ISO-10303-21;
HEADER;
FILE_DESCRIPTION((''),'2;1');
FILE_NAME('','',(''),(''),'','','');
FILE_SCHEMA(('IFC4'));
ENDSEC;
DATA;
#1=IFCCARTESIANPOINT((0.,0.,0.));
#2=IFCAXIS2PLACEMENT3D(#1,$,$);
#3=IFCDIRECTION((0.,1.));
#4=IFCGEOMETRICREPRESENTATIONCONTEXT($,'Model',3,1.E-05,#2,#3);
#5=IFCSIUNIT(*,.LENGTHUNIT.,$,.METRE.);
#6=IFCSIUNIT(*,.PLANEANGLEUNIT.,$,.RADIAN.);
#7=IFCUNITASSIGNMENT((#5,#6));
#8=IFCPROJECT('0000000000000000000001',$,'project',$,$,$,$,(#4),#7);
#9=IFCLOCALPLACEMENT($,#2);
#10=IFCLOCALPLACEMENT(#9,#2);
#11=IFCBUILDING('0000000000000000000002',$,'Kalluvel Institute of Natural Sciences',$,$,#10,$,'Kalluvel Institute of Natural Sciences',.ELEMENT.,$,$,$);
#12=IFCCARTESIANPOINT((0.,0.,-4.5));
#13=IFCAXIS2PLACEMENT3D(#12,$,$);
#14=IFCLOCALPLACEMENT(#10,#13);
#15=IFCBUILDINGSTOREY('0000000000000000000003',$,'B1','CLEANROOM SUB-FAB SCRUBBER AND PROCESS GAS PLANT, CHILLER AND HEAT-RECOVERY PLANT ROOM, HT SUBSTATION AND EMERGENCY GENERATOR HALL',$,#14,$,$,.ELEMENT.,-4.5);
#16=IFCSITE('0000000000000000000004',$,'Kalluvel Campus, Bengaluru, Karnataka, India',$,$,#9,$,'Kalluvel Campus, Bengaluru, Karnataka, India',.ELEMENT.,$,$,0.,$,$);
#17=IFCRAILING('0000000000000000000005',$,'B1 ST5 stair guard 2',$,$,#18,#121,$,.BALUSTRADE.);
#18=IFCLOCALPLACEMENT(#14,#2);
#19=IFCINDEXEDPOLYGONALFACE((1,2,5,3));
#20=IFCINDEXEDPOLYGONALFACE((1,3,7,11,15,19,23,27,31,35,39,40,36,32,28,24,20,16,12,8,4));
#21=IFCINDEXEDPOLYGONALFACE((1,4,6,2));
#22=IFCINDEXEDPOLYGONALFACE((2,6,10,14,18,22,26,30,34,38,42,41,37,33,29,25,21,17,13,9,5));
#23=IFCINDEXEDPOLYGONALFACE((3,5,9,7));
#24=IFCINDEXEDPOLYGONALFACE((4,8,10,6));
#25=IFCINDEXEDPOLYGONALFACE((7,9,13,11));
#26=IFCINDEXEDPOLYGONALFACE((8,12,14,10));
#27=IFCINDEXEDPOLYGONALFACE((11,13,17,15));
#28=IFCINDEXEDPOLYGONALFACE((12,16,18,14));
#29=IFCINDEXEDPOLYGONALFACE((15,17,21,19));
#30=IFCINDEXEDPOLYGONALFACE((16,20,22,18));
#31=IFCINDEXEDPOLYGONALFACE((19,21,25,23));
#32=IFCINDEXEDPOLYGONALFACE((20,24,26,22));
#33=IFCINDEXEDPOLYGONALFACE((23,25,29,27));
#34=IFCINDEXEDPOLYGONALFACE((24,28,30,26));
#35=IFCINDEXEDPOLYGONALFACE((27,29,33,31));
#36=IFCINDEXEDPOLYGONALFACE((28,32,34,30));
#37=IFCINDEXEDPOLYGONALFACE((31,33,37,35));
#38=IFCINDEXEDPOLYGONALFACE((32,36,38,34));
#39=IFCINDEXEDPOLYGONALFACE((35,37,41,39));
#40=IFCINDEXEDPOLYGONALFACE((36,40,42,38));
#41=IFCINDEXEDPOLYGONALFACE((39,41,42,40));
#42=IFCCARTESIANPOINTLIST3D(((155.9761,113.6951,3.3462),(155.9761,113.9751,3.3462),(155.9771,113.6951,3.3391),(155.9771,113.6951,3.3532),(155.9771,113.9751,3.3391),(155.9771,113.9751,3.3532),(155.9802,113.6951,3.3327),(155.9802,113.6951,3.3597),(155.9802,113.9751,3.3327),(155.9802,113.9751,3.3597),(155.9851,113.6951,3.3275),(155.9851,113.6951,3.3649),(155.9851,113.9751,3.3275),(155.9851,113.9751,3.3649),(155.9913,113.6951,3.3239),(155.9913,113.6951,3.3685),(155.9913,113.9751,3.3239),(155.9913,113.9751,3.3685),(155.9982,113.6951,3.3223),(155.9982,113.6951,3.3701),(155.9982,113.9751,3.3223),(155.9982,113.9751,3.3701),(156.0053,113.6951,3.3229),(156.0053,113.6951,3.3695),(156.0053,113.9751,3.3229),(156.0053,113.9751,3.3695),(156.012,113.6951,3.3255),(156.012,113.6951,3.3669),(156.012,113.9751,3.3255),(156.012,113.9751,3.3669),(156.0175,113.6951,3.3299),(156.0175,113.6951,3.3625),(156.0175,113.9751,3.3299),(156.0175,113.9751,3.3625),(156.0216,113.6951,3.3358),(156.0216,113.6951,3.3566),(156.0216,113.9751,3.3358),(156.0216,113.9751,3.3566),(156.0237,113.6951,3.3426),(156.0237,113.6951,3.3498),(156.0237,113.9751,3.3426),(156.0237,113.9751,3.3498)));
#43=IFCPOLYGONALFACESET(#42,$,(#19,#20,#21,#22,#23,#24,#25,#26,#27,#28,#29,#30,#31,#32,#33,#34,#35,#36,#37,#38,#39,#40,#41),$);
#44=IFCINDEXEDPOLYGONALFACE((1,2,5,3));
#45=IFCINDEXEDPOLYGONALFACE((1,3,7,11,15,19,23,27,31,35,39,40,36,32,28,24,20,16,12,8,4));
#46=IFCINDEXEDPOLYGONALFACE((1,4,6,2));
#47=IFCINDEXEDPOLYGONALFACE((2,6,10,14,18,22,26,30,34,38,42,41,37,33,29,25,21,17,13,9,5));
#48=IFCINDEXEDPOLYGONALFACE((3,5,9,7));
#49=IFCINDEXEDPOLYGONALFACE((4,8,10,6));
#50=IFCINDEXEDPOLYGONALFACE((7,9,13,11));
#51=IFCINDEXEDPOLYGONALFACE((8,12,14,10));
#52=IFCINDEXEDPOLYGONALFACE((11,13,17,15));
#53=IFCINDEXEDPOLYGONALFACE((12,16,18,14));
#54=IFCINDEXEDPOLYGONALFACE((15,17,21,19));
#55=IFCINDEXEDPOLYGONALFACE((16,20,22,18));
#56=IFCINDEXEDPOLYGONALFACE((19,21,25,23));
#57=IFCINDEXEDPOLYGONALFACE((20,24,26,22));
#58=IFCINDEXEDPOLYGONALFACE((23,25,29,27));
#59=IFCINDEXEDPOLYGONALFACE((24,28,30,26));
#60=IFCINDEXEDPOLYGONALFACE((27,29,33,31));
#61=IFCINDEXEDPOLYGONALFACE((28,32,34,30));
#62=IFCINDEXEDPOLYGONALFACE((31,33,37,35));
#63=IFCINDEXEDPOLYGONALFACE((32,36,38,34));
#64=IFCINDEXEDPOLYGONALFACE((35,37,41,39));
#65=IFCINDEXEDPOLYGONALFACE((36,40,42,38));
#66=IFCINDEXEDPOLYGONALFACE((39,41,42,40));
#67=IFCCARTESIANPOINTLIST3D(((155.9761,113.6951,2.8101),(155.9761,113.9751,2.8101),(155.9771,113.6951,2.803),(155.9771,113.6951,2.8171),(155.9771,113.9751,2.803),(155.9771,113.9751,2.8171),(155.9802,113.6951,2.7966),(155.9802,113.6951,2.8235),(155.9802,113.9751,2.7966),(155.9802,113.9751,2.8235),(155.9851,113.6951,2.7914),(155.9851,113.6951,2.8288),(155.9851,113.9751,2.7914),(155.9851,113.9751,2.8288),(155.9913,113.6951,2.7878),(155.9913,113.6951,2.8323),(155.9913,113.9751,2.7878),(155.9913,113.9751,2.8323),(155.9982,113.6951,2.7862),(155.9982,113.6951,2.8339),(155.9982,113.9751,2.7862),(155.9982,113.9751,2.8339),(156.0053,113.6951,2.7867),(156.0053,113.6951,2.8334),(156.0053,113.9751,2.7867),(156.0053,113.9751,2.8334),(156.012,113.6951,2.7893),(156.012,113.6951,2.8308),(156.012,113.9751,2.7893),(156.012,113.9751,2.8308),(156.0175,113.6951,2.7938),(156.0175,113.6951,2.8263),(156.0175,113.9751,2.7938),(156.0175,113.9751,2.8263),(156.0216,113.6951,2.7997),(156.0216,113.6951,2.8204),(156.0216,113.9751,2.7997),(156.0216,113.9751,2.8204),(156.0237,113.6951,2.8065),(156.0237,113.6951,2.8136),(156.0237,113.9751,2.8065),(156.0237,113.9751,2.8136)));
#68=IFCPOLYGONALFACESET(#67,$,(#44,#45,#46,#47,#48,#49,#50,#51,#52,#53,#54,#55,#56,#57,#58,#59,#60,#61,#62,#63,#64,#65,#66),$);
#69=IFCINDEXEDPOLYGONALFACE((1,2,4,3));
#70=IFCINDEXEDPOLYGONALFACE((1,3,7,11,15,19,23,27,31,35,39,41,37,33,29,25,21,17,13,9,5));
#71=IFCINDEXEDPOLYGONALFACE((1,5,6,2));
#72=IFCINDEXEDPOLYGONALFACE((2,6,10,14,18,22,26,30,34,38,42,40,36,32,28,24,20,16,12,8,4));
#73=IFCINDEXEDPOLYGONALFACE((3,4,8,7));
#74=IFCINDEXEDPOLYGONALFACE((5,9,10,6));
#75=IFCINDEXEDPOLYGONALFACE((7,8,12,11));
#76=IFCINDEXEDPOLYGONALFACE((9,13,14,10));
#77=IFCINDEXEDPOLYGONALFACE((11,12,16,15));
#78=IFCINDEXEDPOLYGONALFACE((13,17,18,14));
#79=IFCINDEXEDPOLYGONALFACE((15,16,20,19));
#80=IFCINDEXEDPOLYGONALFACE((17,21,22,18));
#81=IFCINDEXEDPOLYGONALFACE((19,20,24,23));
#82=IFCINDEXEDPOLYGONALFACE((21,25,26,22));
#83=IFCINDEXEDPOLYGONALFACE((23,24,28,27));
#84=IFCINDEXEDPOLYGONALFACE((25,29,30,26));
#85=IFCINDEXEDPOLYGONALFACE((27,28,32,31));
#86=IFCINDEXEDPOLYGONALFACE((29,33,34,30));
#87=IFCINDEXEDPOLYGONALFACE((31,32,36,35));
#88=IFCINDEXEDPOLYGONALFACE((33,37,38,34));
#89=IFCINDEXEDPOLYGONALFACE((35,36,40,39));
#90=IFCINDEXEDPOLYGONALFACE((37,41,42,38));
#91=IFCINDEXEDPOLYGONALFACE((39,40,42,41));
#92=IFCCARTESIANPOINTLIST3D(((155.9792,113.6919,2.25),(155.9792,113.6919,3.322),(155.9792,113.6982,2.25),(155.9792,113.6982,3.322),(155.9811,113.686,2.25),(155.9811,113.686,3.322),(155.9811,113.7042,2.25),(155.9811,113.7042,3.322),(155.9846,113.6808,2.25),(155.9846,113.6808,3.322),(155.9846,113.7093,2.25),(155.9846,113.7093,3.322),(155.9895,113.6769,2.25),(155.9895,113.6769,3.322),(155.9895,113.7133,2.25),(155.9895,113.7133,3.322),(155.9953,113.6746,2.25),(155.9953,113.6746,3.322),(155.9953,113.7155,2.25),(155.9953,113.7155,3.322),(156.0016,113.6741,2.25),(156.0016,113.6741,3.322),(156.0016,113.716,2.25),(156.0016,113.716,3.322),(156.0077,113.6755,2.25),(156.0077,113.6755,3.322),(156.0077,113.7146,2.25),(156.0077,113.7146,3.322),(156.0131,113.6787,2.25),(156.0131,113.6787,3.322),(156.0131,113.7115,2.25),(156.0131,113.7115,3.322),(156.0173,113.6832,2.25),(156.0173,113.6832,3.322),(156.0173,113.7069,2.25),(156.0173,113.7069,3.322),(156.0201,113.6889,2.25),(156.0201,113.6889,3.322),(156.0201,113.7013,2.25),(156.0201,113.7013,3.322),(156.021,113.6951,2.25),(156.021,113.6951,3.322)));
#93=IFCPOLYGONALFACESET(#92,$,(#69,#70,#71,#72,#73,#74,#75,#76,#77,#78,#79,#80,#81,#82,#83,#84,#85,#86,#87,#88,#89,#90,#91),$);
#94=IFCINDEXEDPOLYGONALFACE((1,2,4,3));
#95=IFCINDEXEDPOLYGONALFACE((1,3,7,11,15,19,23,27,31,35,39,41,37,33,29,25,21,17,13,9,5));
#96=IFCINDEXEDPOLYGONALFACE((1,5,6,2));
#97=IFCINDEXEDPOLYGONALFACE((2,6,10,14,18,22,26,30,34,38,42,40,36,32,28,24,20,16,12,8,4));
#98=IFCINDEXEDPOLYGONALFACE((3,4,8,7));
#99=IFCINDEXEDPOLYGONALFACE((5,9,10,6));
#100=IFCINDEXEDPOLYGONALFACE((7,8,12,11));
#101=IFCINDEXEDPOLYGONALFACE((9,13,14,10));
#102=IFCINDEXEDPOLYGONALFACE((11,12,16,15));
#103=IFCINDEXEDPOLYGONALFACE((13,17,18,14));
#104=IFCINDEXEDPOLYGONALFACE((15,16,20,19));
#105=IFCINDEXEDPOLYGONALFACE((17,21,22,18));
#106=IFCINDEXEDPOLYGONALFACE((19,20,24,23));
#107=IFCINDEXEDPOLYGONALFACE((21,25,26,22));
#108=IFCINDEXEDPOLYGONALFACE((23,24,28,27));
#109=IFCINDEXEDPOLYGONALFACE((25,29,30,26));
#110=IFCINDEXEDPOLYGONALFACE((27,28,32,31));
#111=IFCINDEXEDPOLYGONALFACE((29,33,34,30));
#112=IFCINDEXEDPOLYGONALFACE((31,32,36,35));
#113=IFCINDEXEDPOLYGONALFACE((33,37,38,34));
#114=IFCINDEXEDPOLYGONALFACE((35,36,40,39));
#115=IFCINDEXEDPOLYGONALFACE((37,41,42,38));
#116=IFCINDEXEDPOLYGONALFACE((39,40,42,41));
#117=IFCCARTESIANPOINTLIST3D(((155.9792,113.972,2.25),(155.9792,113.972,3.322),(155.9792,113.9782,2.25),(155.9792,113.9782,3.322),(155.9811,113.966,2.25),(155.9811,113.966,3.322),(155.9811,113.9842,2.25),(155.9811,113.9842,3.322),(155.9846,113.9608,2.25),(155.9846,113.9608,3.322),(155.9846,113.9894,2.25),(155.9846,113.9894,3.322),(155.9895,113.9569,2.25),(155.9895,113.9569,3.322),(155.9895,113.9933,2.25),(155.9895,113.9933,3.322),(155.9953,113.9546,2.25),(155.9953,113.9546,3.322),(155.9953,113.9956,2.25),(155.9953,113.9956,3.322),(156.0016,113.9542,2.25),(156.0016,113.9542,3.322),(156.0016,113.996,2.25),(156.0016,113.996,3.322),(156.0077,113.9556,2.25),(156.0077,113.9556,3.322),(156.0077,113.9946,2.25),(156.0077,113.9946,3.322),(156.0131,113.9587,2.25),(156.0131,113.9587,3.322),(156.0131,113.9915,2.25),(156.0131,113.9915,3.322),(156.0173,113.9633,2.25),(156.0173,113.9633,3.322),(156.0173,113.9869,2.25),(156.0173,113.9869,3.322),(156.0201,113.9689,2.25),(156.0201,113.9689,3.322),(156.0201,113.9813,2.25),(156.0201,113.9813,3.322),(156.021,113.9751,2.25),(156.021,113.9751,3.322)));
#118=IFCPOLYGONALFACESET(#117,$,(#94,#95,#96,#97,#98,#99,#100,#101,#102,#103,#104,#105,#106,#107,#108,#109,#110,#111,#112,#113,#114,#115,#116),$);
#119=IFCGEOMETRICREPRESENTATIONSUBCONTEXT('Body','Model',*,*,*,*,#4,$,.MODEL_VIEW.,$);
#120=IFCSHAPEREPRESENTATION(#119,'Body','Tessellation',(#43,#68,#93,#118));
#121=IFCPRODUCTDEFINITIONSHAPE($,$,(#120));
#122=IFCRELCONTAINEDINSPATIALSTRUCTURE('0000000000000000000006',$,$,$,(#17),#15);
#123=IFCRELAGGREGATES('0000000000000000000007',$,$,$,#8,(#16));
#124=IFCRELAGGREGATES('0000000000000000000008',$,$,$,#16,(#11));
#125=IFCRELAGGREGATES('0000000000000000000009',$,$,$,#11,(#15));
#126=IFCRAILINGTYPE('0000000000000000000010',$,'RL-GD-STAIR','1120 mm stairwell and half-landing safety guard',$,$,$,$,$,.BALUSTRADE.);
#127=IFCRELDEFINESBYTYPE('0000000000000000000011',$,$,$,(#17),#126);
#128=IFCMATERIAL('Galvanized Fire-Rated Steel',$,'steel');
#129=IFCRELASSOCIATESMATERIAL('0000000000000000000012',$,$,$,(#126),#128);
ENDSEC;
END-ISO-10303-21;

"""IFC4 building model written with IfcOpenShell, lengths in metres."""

from ifc_helpers import new_model, si_unit, direction, frame, origin, origin_2d, place, context, subcontext, project, spatial, circle, extrude, material, type_object, element, save


model = new_model("IFC4")

# Units and contexts
model_context = context("Model", 3, precision=1e-05, world=origin(), true_north=direction((0.0, 1.0)))
body_context = subcontext(model_context, "Body", "Model", "MODEL_VIEW")
ifc_project = project(units=[si_unit("LENGTHUNIT", "METRE"), si_unit("PLANEANGLEUNIT", "RADIAN")], contexts=[model_context])

# Site, building, storey
site_placement = place(None, origin())
site = spatial("IfcSite", under=ifc_project, at=site_placement, Name="Kalluvel Campus, Bengaluru, Karnataka, India", LongName="Kalluvel Campus, Bengaluru, Karnataka, India", CompositionType="ELEMENT", RefElevation=0.0)
building_placement = place(site_placement, origin())
building = spatial("IfcBuilding", under=site, at=building_placement, Name="Kalluvel Institute of Natural Sciences", LongName="Kalluvel Institute of Natural Sciences", CompositionType="ELEMENT")
storey_placement = place(building_placement, frame((0.0, 0.0, -4.5)))
storey = spatial("IfcBuildingStorey", under=building, at=storey_placement, Name="B1", Description="CLEANROOM SUB-FAB SCRUBBER AND PROCESS GAS PLANT, CHILLER AND HEAT-RECOVERY PLANT ROOM, HT SUBSTATION AND EMERGENCY GENERATOR HALL", CompositionType="ELEMENT", Elevation=-4.5)

# Shared definitions
ifc_material_1 = material(Name="Galvanized Fire-Rated Steel", Category="steel")

# Railing
railing_type_1 = type_object("IfcRailingType", Name="RL-GD-STAIR", Description="1120 mm stairwell and half-landing safety guard", PredefinedType="BALUSTRADE", material=ifc_material_1)
railing_1_placement = place(storey_placement, frame((156.0, 113.6951, 2.25)))
element("IfcRailing", 1, at=railing_1_placement, inside=storey, type_object=railing_type_1, Name="B1 ST5 stair guard 2", PredefinedType="BALUSTRADE", context=body_context, shape_type="SweptSolid", body=[
    extrude(circle(Radius=0.0239, at=origin_2d()), frame((0.0, 0.0, 1.0962), z_axis=(0.0, 1.0, 0.0), x_axis=(-1.0, 0.0, 0.0)), (0.0, 0.0, 1.0), 0.28),
    extrude(circle(Radius=0.0239, at=origin_2d()), frame((0.0, 0.0, 0.5601), z_axis=(0.0, 1.0, 0.0), x_axis=(-1.0, 0.0, 0.0)), (0.0, 0.0, 1.0), 0.28),
    extrude(circle(Radius=0.021, at=origin_2d()), origin(), (0.0, 0.0, 1.0), 1.072),
    extrude(circle(Radius=0.021, at=origin_2d()), frame((0.0, 0.28, 0.0)), (0.0, 0.0, 1.0), 1.072),
])

save(model, "model.ifc")
